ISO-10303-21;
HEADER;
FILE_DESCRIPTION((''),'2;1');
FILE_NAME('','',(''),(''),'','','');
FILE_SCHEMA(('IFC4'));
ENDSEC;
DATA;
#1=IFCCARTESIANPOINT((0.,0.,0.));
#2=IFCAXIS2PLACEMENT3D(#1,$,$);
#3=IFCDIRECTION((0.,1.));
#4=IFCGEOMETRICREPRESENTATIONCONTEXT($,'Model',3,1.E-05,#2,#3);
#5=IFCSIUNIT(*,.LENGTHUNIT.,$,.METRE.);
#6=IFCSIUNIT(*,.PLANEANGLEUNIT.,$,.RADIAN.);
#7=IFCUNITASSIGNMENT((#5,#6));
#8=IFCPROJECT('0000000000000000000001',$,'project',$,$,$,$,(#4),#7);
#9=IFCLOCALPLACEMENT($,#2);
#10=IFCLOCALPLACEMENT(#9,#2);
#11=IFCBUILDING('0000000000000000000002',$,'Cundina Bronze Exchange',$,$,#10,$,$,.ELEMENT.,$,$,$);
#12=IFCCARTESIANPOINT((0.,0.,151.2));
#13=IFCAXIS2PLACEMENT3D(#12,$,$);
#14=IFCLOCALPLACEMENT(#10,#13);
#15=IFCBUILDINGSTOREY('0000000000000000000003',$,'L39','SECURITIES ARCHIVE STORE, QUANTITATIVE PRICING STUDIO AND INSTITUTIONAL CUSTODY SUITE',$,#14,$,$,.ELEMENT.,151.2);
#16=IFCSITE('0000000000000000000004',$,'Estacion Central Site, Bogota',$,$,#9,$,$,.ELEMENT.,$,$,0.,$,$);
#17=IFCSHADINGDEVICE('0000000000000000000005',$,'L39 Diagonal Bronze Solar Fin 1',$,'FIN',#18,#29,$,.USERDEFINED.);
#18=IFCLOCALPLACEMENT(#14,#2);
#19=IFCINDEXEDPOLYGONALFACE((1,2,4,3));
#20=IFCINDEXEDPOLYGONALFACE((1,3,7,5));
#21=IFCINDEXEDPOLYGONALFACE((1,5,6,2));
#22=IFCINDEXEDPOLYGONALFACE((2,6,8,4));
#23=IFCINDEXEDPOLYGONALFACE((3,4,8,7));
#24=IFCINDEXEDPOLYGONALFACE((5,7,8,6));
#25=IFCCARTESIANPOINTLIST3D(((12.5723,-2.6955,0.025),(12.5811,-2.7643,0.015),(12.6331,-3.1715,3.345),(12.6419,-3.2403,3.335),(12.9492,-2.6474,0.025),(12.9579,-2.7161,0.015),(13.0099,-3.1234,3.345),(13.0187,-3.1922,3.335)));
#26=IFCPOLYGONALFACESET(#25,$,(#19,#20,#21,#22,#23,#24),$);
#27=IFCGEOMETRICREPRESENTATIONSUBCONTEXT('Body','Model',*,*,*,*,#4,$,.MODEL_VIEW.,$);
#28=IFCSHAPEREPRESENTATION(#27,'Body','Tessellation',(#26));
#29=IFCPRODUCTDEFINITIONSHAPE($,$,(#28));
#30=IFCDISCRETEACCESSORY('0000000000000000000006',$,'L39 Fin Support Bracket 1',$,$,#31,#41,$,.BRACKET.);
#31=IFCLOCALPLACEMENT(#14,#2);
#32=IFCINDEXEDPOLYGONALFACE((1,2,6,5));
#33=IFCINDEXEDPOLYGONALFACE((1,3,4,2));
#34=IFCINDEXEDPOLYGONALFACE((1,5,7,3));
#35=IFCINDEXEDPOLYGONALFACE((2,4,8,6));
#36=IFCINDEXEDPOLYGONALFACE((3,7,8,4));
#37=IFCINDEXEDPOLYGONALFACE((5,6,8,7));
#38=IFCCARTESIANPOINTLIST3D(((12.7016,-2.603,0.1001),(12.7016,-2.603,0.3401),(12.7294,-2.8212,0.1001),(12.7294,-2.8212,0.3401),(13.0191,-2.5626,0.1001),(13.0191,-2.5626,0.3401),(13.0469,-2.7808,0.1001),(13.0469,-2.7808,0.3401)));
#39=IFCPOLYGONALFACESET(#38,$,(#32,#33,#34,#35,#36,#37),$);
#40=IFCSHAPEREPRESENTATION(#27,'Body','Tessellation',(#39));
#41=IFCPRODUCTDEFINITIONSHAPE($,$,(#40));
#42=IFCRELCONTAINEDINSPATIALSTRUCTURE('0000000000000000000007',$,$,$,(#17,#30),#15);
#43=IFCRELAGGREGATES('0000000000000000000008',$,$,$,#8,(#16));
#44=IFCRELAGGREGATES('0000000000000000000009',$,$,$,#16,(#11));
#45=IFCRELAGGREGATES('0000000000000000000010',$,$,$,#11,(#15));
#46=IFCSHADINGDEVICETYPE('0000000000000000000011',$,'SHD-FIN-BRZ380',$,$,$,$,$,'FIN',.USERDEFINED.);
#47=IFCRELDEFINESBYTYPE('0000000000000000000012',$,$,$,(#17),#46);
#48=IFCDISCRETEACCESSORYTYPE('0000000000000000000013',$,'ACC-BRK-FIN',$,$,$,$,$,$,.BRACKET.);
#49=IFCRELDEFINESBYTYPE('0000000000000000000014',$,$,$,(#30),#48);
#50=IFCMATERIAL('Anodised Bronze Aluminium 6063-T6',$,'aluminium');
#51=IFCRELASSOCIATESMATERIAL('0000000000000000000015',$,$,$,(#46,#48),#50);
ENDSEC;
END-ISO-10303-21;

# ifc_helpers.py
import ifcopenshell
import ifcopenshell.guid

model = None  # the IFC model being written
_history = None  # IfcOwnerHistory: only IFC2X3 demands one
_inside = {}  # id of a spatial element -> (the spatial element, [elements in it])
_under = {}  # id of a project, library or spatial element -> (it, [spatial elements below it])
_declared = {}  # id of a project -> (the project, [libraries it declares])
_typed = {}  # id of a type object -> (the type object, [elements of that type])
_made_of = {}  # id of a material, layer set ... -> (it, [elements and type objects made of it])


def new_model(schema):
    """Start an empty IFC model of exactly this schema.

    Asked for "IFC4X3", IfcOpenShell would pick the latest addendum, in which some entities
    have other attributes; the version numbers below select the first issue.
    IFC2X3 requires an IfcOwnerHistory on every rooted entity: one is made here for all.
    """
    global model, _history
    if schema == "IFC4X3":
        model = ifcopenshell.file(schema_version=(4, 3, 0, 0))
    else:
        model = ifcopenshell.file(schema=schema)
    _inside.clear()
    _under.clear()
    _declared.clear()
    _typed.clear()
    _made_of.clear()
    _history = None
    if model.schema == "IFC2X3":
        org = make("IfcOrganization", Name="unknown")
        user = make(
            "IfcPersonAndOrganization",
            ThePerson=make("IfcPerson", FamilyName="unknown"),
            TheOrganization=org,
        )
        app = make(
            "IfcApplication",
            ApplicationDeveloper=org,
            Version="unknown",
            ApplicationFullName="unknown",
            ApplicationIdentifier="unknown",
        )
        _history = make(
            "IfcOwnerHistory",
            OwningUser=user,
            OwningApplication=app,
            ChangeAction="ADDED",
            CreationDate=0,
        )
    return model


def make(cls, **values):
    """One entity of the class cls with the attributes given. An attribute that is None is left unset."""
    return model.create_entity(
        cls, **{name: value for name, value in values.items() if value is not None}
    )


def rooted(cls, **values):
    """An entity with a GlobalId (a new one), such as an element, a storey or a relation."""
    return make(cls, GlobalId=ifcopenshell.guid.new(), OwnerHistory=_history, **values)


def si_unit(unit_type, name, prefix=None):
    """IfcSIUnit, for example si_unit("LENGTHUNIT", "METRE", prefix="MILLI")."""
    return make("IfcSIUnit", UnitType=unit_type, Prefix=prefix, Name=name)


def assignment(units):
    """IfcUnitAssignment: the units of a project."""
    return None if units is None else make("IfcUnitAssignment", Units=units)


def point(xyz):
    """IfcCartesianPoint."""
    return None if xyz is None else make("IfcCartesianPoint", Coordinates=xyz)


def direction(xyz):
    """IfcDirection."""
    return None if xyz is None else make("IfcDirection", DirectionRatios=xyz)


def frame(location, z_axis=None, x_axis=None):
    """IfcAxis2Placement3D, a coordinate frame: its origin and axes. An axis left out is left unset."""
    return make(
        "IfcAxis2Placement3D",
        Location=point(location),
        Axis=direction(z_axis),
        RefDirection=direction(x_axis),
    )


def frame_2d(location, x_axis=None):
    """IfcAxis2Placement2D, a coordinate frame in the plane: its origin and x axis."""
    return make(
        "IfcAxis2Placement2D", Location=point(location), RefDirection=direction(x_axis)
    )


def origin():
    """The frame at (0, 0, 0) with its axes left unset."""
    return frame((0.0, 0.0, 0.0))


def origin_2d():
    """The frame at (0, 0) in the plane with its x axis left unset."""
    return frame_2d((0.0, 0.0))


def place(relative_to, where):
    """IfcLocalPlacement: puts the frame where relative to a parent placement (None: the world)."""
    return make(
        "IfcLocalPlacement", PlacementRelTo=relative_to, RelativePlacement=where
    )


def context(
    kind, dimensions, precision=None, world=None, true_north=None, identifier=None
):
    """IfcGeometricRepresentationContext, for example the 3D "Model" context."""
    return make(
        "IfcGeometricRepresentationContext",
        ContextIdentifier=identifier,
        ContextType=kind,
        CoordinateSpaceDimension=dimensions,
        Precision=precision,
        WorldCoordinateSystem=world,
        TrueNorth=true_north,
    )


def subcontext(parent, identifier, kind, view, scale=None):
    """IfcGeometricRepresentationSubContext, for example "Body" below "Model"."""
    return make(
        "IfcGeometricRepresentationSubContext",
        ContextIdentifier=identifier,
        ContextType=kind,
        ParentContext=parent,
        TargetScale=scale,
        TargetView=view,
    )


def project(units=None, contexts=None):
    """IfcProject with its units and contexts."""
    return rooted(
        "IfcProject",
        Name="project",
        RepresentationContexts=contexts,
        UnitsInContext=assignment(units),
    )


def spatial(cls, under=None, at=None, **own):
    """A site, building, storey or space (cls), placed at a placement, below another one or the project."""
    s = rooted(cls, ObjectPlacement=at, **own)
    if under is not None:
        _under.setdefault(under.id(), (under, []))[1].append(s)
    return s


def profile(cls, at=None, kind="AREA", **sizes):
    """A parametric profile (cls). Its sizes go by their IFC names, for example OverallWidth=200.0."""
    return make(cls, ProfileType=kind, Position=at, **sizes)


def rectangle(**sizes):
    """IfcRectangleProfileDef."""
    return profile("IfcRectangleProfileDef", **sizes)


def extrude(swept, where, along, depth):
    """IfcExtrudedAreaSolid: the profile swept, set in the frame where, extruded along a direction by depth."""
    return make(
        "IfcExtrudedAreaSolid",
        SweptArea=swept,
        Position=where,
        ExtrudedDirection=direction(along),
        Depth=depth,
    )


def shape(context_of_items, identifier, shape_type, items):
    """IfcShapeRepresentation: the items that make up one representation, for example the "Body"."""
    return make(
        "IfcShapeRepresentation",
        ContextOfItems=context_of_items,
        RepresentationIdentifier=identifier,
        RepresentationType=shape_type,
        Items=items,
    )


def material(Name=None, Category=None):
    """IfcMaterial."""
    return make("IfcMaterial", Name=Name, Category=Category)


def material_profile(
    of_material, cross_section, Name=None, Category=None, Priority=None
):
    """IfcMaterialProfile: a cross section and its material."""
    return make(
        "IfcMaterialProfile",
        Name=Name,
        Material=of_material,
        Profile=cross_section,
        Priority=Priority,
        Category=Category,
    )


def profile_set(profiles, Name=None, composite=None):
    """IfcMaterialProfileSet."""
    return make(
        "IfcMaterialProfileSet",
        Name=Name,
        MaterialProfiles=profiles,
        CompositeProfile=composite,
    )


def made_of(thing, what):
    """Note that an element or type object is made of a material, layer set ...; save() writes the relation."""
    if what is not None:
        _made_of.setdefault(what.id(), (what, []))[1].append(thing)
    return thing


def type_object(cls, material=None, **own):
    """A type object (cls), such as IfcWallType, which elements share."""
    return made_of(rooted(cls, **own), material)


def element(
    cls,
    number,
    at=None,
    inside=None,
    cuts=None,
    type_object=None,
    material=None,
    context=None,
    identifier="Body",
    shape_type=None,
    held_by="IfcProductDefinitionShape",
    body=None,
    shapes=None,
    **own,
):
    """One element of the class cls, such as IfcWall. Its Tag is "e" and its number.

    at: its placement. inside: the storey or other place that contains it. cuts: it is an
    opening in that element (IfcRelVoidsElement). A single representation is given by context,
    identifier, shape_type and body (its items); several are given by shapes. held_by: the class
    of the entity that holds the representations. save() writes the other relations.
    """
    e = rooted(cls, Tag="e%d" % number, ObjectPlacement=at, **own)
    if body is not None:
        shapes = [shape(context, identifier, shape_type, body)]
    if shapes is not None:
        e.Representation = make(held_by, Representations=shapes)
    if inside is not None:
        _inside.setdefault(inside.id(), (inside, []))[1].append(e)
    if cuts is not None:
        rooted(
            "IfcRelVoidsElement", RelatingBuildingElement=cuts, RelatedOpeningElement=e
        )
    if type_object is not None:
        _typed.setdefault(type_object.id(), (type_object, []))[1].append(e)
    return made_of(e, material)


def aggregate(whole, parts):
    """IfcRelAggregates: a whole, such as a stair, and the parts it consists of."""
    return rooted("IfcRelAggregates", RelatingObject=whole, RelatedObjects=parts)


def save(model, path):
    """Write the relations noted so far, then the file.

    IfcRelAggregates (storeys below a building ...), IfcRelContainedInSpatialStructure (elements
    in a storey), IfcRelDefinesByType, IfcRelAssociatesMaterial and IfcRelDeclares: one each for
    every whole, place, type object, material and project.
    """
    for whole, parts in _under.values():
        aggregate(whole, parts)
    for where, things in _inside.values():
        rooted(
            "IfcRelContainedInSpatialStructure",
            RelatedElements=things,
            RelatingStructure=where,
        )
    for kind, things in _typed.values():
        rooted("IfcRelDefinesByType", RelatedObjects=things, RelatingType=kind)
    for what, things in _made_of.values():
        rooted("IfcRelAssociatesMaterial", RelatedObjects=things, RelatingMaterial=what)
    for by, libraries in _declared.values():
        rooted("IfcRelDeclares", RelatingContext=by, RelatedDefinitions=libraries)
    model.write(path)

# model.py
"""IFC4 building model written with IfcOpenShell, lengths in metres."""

from ifc_helpers import new_model, si_unit, direction, frame, origin, origin_2d, place, context, subcontext, project, spatial, rectangle, extrude, material, material_profile, profile_set, type_object, element, save


model = new_model("IFC4")

# Units and contexts
model_context = context("Model", 3, precision=1e-05, world=origin(), true_north=direction((0.0, 1.0)))
body_context = subcontext(model_context, "Body", "Model", "MODEL_VIEW")
ifc_project = project(units=[si_unit("LENGTHUNIT", "METRE"), si_unit("PLANEANGLEUNIT", "RADIAN")], contexts=[model_context])

# Site, building, storey
site_placement = place(None, origin())
site = spatial("IfcSite", under=ifc_project, at=site_placement, Name="Estacion Central Site, Bogota", CompositionType="ELEMENT", RefElevation=0.0)
building_placement = place(site_placement, origin())
building = spatial("IfcBuilding", under=site, at=building_placement, Name="Cundina Bronze Exchange", CompositionType="ELEMENT")
storey_placement = place(building_placement, frame((0.0, 0.0, 151.2)))
storey = spatial("IfcBuildingStorey", under=building, at=storey_placement, Name="L39", Description="SECURITIES ARCHIVE STORE, QUANTITATIVE PRICING STUDIO AND INSTITUTIONAL CUSTODY SUITE", CompositionType="ELEMENT", Elevation=151.2)

# Shared definitions
ifc_material_1 = material(Name="Anodised Bronze Aluminium 6063-T6", Category="aluminium")

# Shading device
ifc_material_profile_1 = material_profile(ifc_material_1, rectangle(XDim=0.0701, YDim=0.3799, at=origin_2d()), Name="FIN70X380", Category="aluminium")
ifc_profile_set_1 = profile_set([ifc_material_profile_1], Name="Anodised Bronze Aluminium 6063-T6")
shading_device_type = type_object("IfcShadingDeviceType", Name="SHD-FIN-BRZ380", ElementType="FIN", PredefinedType="USERDEFINED", material=ifc_profile_set_1)
shading_device_placement = place(storey_placement, frame((12.7651, -2.7058, 0.02), z_axis=(0.018122, -0.141918, 0.989713), x_axis=(-0.125361, 0.981741, 0.14307)))
element("IfcShadingDevice", 1, at=shading_device_placement, inside=storey, type_object=shading_device_type, Name="L39 Diagonal Bronze Solar Fin 1", ObjectType="FIN", PredefinedType="USERDEFINED", context=body_context, shape_type="SweptSolid", body=[
    extrude(rectangle(XDim=0.0701, YDim=0.3799, at=origin_2d()), origin(), (0.0, 0.0, 1.0), 3.3545),
])

# Discrete accessory
discrete_accessory_type = type_object("IfcDiscreteAccessoryType", Name="ACC-BRK-FIN", PredefinedType="BRACKET", material=ifc_material_1)
discrete_accessory_placement = place(storey_placement, frame((12.8743, -2.6919, 0.1001), z_axis=(0.0, 0.0, 1.0), x_axis=(0.126476, -0.99197, 0.0)))
element("IfcDiscreteAccessory", 2, at=discrete_accessory_placement, inside=storey, type_object=discrete_accessory_type, Name="L39 Fin Support Bracket 1", PredefinedType="BRACKET", context=body_context, shape_type="SweptSolid", body=[
    extrude(rectangle(XDim=0.22, YDim=0.3201, at=origin_2d()), origin(), (0.0, 0.0, 1.0), 0.24),
])

save(model, "model.ifc")
